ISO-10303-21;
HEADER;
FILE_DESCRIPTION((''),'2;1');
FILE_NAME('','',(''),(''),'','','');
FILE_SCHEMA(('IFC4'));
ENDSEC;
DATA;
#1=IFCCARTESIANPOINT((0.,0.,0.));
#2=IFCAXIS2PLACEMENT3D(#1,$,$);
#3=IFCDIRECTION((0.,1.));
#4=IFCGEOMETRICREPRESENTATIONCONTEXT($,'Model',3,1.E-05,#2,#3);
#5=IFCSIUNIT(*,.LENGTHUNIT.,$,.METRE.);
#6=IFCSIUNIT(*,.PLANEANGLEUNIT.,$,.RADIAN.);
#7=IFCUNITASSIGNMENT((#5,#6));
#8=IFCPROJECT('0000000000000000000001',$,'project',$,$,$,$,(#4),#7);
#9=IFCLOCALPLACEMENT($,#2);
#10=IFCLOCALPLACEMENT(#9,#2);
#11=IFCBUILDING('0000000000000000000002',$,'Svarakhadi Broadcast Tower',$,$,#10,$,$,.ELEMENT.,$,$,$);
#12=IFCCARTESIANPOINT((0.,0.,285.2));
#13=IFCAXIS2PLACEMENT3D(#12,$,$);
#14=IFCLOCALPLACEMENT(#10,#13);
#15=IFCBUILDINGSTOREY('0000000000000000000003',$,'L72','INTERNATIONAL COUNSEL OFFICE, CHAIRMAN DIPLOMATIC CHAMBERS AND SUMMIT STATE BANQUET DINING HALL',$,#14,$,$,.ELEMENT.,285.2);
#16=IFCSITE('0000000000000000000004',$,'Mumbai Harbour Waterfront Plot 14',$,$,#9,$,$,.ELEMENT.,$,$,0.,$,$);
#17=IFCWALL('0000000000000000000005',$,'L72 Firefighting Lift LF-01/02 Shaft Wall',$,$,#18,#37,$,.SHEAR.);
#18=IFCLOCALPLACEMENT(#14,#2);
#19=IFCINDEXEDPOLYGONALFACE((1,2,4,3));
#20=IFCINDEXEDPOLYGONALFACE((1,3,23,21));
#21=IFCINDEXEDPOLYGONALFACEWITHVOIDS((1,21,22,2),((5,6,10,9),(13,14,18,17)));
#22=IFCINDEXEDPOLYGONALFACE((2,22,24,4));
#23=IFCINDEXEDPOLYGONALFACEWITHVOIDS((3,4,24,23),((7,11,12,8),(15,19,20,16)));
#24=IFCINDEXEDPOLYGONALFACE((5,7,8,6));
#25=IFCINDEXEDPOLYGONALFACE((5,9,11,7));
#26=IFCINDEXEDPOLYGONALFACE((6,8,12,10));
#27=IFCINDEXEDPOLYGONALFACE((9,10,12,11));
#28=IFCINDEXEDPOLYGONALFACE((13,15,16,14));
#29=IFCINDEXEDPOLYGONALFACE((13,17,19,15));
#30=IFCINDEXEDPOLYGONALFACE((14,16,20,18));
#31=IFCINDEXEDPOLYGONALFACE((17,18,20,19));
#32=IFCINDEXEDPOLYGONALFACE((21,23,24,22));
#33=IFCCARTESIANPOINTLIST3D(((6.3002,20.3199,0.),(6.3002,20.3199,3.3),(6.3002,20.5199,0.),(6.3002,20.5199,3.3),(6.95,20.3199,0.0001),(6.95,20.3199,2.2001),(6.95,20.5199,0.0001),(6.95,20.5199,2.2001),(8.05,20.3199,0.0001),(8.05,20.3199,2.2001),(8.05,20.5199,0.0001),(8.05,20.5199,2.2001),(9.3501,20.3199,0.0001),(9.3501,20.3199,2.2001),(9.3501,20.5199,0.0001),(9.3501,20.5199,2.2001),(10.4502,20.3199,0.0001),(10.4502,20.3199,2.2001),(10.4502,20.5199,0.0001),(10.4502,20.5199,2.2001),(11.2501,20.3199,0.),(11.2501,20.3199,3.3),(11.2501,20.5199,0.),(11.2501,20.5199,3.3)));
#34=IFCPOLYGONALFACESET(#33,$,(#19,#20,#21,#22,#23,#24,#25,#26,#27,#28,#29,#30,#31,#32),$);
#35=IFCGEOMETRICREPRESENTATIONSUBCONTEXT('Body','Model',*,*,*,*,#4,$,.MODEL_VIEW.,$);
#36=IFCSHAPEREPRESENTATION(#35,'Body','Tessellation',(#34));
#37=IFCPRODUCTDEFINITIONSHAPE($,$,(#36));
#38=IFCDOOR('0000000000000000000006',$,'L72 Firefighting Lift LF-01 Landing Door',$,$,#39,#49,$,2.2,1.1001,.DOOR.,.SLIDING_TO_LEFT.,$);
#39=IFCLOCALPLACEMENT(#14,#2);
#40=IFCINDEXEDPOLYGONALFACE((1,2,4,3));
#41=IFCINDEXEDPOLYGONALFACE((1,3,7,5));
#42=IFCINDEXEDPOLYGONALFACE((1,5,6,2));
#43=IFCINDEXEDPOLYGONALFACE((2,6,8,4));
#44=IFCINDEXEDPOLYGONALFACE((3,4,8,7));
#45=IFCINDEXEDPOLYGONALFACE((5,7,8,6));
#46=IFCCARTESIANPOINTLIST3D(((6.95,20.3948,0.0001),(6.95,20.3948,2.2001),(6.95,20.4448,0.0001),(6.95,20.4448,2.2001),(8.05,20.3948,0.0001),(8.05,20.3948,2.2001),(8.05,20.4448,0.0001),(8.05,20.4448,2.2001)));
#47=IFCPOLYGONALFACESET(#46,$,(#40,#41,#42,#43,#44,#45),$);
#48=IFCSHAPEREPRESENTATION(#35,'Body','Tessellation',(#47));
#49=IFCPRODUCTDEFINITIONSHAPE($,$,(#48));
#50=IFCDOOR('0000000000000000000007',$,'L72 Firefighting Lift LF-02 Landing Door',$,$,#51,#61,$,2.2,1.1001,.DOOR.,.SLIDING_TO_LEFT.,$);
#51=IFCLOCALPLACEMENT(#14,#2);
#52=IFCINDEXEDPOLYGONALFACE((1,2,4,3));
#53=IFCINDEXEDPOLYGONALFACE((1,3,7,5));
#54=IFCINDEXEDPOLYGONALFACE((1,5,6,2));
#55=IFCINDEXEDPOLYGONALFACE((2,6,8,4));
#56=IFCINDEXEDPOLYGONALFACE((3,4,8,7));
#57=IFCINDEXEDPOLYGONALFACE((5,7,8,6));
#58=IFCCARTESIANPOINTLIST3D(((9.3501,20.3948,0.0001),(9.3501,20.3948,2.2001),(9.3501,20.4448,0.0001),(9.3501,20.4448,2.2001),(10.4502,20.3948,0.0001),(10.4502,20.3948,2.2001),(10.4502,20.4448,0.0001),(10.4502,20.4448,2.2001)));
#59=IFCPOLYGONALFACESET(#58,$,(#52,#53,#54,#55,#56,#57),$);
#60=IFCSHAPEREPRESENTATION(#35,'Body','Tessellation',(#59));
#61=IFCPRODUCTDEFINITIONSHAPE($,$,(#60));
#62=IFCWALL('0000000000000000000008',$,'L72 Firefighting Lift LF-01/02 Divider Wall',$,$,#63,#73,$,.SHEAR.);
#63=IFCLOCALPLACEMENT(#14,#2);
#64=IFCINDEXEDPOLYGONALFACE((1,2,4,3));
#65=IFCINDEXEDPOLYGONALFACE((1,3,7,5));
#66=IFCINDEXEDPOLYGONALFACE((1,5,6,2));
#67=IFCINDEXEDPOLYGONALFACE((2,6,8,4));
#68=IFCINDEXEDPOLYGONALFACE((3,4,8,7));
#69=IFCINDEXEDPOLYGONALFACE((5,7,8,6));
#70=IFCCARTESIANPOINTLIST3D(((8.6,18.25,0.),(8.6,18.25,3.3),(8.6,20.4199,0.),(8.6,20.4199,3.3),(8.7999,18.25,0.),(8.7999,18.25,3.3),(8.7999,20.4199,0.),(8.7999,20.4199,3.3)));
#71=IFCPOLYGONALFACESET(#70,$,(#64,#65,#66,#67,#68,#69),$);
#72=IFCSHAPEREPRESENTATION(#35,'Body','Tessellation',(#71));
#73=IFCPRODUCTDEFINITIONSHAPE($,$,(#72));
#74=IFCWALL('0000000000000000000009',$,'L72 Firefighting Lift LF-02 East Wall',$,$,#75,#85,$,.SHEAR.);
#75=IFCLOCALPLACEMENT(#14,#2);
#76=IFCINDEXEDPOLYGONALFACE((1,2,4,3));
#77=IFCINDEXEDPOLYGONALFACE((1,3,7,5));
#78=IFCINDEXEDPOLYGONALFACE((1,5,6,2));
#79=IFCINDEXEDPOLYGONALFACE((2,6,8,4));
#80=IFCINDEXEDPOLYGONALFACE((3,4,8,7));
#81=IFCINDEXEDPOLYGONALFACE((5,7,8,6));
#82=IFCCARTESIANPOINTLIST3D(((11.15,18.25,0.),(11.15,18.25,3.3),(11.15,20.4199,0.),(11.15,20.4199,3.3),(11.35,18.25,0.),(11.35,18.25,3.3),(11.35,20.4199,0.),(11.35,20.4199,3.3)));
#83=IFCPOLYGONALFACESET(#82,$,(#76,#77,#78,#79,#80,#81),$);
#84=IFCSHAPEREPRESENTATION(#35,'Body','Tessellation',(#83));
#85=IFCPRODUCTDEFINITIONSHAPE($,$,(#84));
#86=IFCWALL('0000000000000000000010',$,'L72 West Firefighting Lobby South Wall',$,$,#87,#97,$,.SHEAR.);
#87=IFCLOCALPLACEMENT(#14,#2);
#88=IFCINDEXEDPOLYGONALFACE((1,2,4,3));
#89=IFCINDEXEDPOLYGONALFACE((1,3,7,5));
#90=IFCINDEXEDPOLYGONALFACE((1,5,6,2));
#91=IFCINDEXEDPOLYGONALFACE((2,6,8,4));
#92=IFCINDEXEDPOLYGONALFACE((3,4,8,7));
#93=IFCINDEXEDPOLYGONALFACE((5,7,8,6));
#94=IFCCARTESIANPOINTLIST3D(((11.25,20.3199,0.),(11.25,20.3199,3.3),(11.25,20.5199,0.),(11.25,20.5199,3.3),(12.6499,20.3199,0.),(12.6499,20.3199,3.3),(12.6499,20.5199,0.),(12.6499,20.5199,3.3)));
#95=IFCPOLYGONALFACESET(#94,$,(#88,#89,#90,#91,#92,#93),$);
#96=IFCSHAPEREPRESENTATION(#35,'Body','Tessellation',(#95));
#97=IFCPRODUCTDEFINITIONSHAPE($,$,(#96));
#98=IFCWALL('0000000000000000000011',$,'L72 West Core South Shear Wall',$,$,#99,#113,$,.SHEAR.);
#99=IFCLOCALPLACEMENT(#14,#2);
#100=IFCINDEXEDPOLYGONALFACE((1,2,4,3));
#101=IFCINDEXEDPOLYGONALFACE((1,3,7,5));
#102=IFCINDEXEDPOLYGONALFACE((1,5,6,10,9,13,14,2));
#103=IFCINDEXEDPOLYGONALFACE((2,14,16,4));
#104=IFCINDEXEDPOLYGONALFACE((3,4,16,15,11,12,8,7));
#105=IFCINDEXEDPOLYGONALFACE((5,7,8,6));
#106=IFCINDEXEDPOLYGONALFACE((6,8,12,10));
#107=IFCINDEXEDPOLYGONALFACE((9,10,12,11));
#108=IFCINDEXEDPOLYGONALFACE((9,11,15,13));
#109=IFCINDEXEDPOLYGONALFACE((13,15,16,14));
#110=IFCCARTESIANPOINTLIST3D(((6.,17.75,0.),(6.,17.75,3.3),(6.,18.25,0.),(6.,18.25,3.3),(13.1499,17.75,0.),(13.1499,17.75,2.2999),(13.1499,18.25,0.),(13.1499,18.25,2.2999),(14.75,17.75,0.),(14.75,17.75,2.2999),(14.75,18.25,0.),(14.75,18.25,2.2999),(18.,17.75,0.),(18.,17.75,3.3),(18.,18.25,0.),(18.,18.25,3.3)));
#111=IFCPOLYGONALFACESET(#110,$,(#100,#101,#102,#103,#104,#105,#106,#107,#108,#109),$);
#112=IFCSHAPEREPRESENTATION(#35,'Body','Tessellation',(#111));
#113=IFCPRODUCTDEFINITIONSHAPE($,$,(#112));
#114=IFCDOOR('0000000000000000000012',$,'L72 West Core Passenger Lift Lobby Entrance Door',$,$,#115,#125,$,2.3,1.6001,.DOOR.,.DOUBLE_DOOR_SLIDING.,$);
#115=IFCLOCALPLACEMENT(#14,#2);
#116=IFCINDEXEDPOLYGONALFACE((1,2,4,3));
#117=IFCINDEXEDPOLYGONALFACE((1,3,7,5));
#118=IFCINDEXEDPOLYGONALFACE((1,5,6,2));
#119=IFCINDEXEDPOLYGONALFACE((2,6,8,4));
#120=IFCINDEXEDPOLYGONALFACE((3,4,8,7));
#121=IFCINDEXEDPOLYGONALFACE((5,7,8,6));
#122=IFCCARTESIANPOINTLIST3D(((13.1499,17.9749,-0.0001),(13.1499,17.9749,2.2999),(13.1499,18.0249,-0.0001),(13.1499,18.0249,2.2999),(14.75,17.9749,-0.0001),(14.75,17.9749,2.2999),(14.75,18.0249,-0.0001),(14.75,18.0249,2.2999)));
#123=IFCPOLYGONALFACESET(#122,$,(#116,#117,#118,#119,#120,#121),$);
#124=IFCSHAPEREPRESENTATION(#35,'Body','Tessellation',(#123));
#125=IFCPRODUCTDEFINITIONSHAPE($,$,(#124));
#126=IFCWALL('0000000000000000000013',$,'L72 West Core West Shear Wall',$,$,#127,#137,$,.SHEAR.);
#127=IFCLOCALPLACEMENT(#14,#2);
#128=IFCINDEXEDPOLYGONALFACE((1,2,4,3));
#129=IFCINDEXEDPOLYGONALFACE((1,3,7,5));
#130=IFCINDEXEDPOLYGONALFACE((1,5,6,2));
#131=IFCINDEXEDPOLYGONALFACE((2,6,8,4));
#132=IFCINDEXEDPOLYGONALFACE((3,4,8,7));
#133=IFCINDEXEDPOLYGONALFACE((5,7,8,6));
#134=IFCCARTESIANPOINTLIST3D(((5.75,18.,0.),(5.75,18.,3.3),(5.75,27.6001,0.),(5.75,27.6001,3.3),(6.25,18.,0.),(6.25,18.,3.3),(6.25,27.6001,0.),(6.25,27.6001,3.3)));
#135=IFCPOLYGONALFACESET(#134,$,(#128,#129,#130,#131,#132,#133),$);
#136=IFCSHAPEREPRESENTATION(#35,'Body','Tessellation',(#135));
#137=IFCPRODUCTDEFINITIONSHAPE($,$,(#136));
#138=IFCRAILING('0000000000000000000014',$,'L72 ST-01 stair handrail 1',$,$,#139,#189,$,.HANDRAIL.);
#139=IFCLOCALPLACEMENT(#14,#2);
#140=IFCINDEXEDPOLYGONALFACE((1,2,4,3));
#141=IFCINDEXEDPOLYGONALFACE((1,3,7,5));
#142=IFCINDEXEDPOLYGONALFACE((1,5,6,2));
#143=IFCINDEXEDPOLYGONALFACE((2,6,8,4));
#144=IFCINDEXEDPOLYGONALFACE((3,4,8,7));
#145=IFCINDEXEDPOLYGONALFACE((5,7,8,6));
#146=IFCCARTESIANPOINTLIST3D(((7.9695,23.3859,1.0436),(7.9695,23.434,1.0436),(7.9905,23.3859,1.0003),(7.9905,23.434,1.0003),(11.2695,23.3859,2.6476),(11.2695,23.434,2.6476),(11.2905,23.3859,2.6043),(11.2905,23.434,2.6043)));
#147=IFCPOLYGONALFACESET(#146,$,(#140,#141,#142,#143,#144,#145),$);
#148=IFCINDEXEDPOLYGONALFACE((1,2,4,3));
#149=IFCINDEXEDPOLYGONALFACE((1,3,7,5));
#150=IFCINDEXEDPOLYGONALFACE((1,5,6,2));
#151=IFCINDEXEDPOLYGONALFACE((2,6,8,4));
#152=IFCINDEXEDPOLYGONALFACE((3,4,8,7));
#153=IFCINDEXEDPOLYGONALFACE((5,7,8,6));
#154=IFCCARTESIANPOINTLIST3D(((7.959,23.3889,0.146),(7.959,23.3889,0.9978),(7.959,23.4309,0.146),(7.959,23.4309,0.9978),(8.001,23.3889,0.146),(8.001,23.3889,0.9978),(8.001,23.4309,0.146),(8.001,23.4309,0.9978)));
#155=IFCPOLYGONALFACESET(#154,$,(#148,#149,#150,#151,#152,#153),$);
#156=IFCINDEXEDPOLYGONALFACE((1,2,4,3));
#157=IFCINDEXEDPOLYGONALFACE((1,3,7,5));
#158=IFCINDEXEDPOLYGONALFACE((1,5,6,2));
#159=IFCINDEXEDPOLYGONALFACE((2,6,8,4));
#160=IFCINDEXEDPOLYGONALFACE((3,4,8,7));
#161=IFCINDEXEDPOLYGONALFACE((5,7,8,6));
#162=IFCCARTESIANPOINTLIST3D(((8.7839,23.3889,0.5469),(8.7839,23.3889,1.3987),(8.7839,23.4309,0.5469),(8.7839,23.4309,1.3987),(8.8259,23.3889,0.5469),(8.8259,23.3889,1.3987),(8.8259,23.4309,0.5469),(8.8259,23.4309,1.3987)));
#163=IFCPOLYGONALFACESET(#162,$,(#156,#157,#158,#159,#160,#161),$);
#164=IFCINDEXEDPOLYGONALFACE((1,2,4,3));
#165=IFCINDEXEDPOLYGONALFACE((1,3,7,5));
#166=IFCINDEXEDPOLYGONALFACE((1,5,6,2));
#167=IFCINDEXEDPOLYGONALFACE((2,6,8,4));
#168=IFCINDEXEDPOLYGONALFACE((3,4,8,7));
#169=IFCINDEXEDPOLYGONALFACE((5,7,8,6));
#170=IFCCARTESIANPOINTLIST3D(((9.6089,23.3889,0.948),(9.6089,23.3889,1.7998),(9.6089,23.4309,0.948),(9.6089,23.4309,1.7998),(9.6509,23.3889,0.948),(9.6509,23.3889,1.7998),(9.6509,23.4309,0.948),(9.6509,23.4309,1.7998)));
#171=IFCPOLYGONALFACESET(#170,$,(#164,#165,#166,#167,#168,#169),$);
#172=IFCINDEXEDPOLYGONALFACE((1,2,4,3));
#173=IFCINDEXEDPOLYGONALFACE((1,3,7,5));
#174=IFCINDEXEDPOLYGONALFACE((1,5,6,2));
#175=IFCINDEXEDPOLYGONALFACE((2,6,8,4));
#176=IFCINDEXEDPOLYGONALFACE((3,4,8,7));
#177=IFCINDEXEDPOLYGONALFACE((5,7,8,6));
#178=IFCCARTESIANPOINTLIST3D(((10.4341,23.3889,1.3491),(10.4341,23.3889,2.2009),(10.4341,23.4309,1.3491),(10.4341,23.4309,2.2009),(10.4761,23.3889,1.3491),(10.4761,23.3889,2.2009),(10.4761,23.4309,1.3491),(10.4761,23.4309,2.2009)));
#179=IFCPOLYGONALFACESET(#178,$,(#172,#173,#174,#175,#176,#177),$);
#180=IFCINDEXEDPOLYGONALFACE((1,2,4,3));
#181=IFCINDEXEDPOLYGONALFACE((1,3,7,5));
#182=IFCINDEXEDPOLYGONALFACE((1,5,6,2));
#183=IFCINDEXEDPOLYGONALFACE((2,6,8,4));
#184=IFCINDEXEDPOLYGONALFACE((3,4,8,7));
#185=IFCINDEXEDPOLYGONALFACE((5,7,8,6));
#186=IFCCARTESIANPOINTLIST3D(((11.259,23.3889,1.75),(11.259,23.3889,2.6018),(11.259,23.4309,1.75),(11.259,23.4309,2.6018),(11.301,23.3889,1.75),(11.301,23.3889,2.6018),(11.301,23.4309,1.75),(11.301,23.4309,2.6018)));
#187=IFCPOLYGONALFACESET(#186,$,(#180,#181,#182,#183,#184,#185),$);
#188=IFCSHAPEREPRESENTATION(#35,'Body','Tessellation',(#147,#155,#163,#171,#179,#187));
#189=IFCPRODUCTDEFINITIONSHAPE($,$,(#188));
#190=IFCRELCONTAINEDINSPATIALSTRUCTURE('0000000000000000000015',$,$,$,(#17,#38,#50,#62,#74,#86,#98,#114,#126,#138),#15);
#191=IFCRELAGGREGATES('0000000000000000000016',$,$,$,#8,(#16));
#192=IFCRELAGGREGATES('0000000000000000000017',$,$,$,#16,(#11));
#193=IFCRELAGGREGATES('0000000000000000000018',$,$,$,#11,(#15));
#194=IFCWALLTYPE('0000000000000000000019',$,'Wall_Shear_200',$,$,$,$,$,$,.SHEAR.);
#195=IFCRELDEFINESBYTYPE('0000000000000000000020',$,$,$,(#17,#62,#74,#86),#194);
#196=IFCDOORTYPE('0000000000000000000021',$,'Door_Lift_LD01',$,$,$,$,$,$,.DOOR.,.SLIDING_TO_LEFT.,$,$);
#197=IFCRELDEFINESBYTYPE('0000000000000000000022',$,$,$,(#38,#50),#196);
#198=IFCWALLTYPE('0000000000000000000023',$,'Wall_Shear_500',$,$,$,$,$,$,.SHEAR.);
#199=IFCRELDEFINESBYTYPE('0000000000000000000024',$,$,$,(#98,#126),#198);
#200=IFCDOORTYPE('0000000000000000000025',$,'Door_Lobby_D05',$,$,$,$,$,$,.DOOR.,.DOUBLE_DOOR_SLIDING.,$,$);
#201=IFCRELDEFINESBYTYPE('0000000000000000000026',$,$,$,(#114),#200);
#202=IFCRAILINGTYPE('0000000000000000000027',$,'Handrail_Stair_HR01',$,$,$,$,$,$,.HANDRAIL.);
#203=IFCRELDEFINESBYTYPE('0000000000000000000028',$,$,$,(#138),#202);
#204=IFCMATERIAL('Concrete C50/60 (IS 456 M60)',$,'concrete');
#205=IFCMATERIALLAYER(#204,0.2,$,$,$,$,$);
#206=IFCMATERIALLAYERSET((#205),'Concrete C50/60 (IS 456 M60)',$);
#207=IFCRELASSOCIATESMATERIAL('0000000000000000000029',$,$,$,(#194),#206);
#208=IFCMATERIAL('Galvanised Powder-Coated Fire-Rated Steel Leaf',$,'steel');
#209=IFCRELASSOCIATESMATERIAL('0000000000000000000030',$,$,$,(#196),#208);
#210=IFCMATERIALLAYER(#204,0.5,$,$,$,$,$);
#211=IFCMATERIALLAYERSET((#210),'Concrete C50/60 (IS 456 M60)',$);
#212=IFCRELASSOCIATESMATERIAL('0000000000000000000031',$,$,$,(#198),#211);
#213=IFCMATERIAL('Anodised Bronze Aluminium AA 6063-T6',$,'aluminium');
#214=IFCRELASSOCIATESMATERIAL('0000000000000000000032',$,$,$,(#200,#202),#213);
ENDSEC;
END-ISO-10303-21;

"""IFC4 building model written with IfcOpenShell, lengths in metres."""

from ifc_helpers import new_model, si_unit, direction, frame, frame_2d, origin, origin_2d, place, context, subcontext, project, spatial, rectangle, extrude, material, layer, layer_set, type_object, element, fill, save


model = new_model("IFC4")

# Units and contexts
model_context = context("Model", 3, precision=1e-05, world=origin(), true_north=direction((0.0, 1.0)))
body_context = subcontext(model_context, "Body", "Model", "MODEL_VIEW")
ifc_project = project(units=[si_unit("LENGTHUNIT", "METRE"), si_unit("PLANEANGLEUNIT", "RADIAN")], contexts=[model_context])

# Site, building, storey
site_placement = place(None, origin())
site = spatial("IfcSite", under=ifc_project, at=site_placement, Name="Mumbai Harbour Waterfront Plot 14", CompositionType="ELEMENT", RefElevation=0.0)
building_placement = place(site_placement, origin())
building = spatial("IfcBuilding", under=site, at=building_placement, Name="Svarakhadi Broadcast Tower", CompositionType="ELEMENT")
storey_placement = place(building_placement, frame((0.0, 0.0, 285.2)))
storey = spatial("IfcBuildingStorey", under=building, at=storey_placement, Name="L72", Description="INTERNATIONAL COUNSEL OFFICE, CHAIRMAN DIPLOMATIC CHAMBERS AND SUMMIT STATE BANQUET DINING HALL", CompositionType="ELEMENT", Elevation=285.2)

# Shared definitions
ifc_material_1 = material(Name="Concrete C50/60 (IS 456 M60)", Category="concrete")

# Shared definitions
ifc_layer_1 = layer(ifc_material_1, 0.2)
ifc_layer_set_1 = layer_set([ifc_layer_1], Name="Concrete C50/60 (IS 456 M60)")
wall_type_1 = type_object("IfcWallType", Name="Wall_Shear_200", PredefinedType="SHEAR", material=ifc_layer_set_1)
ifc_material_2 = material(Name="Galvanised Powder-Coated Fire-Rated Steel Leaf", Category="steel")

# Wall, openings, doors
wall_1_placement = place(storey_placement, frame((6.3, 20.4199, 0.0), z_axis=(0.0, 0.0, 1.0), x_axis=(1.0, 0.0, 0.0)))
wall_1 = element("IfcWall", 1, at=wall_1_placement, inside=storey, type_object=wall_type_1, Name="L72 Firefighting Lift LF-01/02 Shaft Wall", PredefinedType="SHEAR", context=body_context, shape_type="SweptSolid", body=[
    extrude(rectangle(XDim=4.95, YDim=0.2, at=frame_2d((2.4751, 0.0))), origin(), (0.0, 0.0, 1.0), 3.3),
])
opening_1_placement = place(wall_1_placement, frame((0.6499, 0.0, 0.0)))
opening_1 = element("IfcOpeningElement", 2, at=opening_1_placement, cuts=wall_1, PredefinedType="OPENING", context=body_context, shape_type="SweptSolid", body=[
    extrude(rectangle(XDim=1.1001, YDim=2.2, at=frame_2d((0.55, 1.1001))), frame((0.0, 0.1099, 0.0), z_axis=(0.0, -1.0, 0.0), x_axis=(1.0, 0.0, 0.0)), (0.0, 0.0, 1.0), 0.22),
])
opening_2_placement = place(wall_1_placement, frame((3.05, 0.0, 0.0)))
opening_2 = element("IfcOpeningElement", 3, at=opening_2_placement, cuts=wall_1, PredefinedType="OPENING", context=body_context, shape_type="SweptSolid", body=[
    extrude(rectangle(XDim=1.1001, YDim=2.2, at=frame_2d((0.55, 1.1001))), frame((0.0, 0.1099, 0.0), z_axis=(0.0, -1.0, 0.0), x_axis=(1.0, 0.0, 0.0)), (0.0, 0.0, 1.0), 0.22),
])
door_type_1 = type_object("IfcDoorType", Name="Door_Lift_LD01", OperationType="SLIDING_TO_LEFT", PredefinedType="DOOR", material=ifc_material_2)
door_1_placement = place(opening_1_placement, origin())
door_1 = element("IfcDoor", 4, at=door_1_placement, inside=storey, type_object=door_type_1, Name="L72 Firefighting Lift LF-01 Landing Door", OperationType="SLIDING_TO_LEFT", OverallHeight=2.2, OverallWidth=1.1001, PredefinedType="DOOR", context=body_context, shape_type="SweptSolid", body=[
    extrude(rectangle(XDim=1.1001, YDim=2.2, at=frame_2d((0.55, 1.1001))), frame((0.0, 0.0249, 0.0), z_axis=(0.0, -1.0, 0.0), x_axis=(1.0, 0.0, 0.0)), (0.0, 0.0, 1.0), 0.05),
])
fill(opening_1, door_1)
door_2_placement = place(opening_2_placement, origin())
door_2 = element("IfcDoor", 5, at=door_2_placement, inside=storey, type_object=door_type_1, Name="L72 Firefighting Lift LF-02 Landing Door", OperationType="SLIDING_TO_LEFT", OverallHeight=2.2, OverallWidth=1.1001, PredefinedType="DOOR", context=body_context, shape_type="SweptSolid", body=[
    extrude(rectangle(XDim=1.1001, YDim=2.2, at=frame_2d((0.55, 1.1001))), frame((0.0, 0.0249, 0.0), z_axis=(0.0, -1.0, 0.0), x_axis=(1.0, 0.0, 0.0)), (0.0, 0.0, 1.0), 0.05),
])
fill(opening_2, door_2)

# Walls
for number, where, z_axis, x_axis, name in (
    (6, (8.7, 18.25, 0.0), (0.0, 0.0, 1.0), (0.0, 1.0, 0.0), "L72 Firefighting Lift LF-01/02 Divider Wall"),
    (7, (11.25, 18.25, 0.0), (0.0, 0.0, 1.0), (0.0, 1.0, 0.0), "L72 Firefighting Lift LF-02 East Wall"),
):
    element("IfcWall", number, at=place(storey_placement, frame(where, z_axis=z_axis, x_axis=x_axis)), inside=storey, type_object=wall_type_1, Name=name, PredefinedType="SHEAR", context=body_context, shape_type="SweptSolid", body=[
        extrude(rectangle(XDim=2.1699, YDim=0.2, at=frame_2d((1.085, 0.0))), origin(), (0.0, 0.0, 1.0), 3.3),
    ])
wall_2_placement = place(storey_placement, frame((11.25, 20.4199, 0.0), z_axis=(0.0, 0.0, 1.0), x_axis=(1.0, 0.0, 0.0)))
element("IfcWall", 8, at=wall_2_placement, inside=storey, type_object=wall_type_1, Name="L72 West Firefighting Lobby South Wall", PredefinedType="SHEAR", context=body_context, shape_type="SweptSolid", body=[
    extrude(rectangle(XDim=1.3999, YDim=0.2, at=frame_2d((0.7, 0.0))), origin(), (0.0, 0.0, 1.0), 3.3),
])

# Wall, opening, door
ifc_layer_2 = layer(ifc_material_1, 0.5)
ifc_layer_set_2 = layer_set([ifc_layer_2], Name="Concrete C50/60 (IS 456 M60)")
wall_type_2 = type_object("IfcWallType", Name="Wall_Shear_500", PredefinedType="SHEAR", material=ifc_layer_set_2)
wall_3_placement = place(storey_placement, frame((6.0, 18.0, 0.0), z_axis=(0.0, 0.0, 1.0), x_axis=(1.0, 0.0, 0.0)))
wall_3 = element("IfcWall", 9, at=wall_3_placement, inside=storey, type_object=wall_type_2, Name="L72 West Core South Shear Wall", PredefinedType="SHEAR", context=body_context, shape_type="SweptSolid", body=[
    extrude(rectangle(XDim=12.0, YDim=0.5, at=frame_2d((6.0, 0.0))), origin(), (0.0, 0.0, 1.0), 3.3),
])
opening_3_placement = place(wall_3_placement, frame((7.1499, 0.0, 0.0)))
opening_3 = element("IfcOpeningElement", 10, at=opening_3_placement, cuts=wall_3, PredefinedType="OPENING", context=body_context, shape_type="SweptSolid", body=[
    extrude(rectangle(XDim=1.6001, YDim=2.3, at=frame_2d((0.8, 1.1499))), frame((0.0, 0.26, 0.0), z_axis=(0.0, -1.0, 0.0), x_axis=(1.0, 0.0, 0.0)), (0.0, 0.0, 1.0), 0.52),
])
ifc_material_3 = material(Name="Anodised Bronze Aluminium AA 6063-T6", Category="aluminium")
door_type_2 = type_object("IfcDoorType", Name="Door_Lobby_D05", OperationType="DOUBLE_DOOR_SLIDING", PredefinedType="DOOR", material=ifc_material_3)
door_3_placement = place(opening_3_placement, origin())
door_3 = element("IfcDoor", 11, at=door_3_placement, inside=storey, type_object=door_type_2, Name="L72 West Core Passenger Lift Lobby Entrance Door", OperationType="DOUBLE_DOOR_SLIDING", OverallHeight=2.3, OverallWidth=1.6001, PredefinedType="DOOR", context=body_context, shape_type="SweptSolid", body=[
    extrude(rectangle(XDim=1.6001, YDim=2.3, at=frame_2d((0.8, 1.1499))), frame((0.0, 0.0249, 0.0), z_axis=(0.0, -1.0, 0.0), x_axis=(1.0, 0.0, 0.0)), (0.0, 0.0, 1.0), 0.05),
])
fill(opening_3, door_3)

# Wall
wall_4_placement = place(storey_placement, frame((6.0, 18.0, 0.0), z_axis=(0.0, 0.0, 1.0), x_axis=(0.0, 1.0, 0.0)))
element("IfcWall", 12, at=wall_4_placement, inside=storey, type_object=wall_type_2, Name="L72 West Core West Shear Wall", PredefinedType="SHEAR", context=body_context, shape_type="SweptSolid", body=[
    extrude(rectangle(XDim=9.6001, YDim=0.5, at=frame_2d((4.8, 0.0))), origin(), (0.0, 0.0, 1.0), 3.3),
])

# Railing
railing_type = type_object("IfcRailingType", Name="Handrail_Stair_HR01", PredefinedType="HANDRAIL", material=ifc_material_3)
railing_placement = place(storey_placement, frame((7.98, 23.4099, 0.146)))
element("IfcRailing", 13, at=railing_placement, inside=storey, type_object=railing_type, Name="L72 ST-01 stair handrail 1", PredefinedType="HANDRAIL", context=body_context, shape_type="SweptSolid", body=[
    extrude(rectangle(XDim=0.0481, YDim=0.0481, at=origin_2d()), frame((0.0, 0.0, 0.876), z_axis=(0.899388, 0.0, 0.437152), x_axis=(0.0, 1.0, 0.0)), (0.0, 0.0, 1.0), 3.6692),
    extrude(rectangle(XDim=0.042, YDim=0.042, at=origin_2d()), origin(), (0.0, 0.0, 1.0), 0.8518),
    extrude(rectangle(XDim=0.042, YDim=0.042, at=origin_2d()), frame((0.825, 0.0, 0.4009)), (0.0, 0.0, 1.0), 0.8518),
    extrude(rectangle(XDim=0.042, YDim=0.042, at=origin_2d()), frame((1.6499, 0.0, 0.802)), (0.0, 0.0, 1.0), 0.8518),
    extrude(rectangle(XDim=0.042, YDim=0.042, at=origin_2d()), frame((2.4751, 0.0, 1.2031)), (0.0, 0.0, 1.0), 0.8518),
    extrude(rectangle(XDim=0.042, YDim=0.042, at=origin_2d()), frame((3.3, 0.0, 1.604)), (0.0, 0.0, 1.0), 0.8518),
])

save(model, "model.ifc")
